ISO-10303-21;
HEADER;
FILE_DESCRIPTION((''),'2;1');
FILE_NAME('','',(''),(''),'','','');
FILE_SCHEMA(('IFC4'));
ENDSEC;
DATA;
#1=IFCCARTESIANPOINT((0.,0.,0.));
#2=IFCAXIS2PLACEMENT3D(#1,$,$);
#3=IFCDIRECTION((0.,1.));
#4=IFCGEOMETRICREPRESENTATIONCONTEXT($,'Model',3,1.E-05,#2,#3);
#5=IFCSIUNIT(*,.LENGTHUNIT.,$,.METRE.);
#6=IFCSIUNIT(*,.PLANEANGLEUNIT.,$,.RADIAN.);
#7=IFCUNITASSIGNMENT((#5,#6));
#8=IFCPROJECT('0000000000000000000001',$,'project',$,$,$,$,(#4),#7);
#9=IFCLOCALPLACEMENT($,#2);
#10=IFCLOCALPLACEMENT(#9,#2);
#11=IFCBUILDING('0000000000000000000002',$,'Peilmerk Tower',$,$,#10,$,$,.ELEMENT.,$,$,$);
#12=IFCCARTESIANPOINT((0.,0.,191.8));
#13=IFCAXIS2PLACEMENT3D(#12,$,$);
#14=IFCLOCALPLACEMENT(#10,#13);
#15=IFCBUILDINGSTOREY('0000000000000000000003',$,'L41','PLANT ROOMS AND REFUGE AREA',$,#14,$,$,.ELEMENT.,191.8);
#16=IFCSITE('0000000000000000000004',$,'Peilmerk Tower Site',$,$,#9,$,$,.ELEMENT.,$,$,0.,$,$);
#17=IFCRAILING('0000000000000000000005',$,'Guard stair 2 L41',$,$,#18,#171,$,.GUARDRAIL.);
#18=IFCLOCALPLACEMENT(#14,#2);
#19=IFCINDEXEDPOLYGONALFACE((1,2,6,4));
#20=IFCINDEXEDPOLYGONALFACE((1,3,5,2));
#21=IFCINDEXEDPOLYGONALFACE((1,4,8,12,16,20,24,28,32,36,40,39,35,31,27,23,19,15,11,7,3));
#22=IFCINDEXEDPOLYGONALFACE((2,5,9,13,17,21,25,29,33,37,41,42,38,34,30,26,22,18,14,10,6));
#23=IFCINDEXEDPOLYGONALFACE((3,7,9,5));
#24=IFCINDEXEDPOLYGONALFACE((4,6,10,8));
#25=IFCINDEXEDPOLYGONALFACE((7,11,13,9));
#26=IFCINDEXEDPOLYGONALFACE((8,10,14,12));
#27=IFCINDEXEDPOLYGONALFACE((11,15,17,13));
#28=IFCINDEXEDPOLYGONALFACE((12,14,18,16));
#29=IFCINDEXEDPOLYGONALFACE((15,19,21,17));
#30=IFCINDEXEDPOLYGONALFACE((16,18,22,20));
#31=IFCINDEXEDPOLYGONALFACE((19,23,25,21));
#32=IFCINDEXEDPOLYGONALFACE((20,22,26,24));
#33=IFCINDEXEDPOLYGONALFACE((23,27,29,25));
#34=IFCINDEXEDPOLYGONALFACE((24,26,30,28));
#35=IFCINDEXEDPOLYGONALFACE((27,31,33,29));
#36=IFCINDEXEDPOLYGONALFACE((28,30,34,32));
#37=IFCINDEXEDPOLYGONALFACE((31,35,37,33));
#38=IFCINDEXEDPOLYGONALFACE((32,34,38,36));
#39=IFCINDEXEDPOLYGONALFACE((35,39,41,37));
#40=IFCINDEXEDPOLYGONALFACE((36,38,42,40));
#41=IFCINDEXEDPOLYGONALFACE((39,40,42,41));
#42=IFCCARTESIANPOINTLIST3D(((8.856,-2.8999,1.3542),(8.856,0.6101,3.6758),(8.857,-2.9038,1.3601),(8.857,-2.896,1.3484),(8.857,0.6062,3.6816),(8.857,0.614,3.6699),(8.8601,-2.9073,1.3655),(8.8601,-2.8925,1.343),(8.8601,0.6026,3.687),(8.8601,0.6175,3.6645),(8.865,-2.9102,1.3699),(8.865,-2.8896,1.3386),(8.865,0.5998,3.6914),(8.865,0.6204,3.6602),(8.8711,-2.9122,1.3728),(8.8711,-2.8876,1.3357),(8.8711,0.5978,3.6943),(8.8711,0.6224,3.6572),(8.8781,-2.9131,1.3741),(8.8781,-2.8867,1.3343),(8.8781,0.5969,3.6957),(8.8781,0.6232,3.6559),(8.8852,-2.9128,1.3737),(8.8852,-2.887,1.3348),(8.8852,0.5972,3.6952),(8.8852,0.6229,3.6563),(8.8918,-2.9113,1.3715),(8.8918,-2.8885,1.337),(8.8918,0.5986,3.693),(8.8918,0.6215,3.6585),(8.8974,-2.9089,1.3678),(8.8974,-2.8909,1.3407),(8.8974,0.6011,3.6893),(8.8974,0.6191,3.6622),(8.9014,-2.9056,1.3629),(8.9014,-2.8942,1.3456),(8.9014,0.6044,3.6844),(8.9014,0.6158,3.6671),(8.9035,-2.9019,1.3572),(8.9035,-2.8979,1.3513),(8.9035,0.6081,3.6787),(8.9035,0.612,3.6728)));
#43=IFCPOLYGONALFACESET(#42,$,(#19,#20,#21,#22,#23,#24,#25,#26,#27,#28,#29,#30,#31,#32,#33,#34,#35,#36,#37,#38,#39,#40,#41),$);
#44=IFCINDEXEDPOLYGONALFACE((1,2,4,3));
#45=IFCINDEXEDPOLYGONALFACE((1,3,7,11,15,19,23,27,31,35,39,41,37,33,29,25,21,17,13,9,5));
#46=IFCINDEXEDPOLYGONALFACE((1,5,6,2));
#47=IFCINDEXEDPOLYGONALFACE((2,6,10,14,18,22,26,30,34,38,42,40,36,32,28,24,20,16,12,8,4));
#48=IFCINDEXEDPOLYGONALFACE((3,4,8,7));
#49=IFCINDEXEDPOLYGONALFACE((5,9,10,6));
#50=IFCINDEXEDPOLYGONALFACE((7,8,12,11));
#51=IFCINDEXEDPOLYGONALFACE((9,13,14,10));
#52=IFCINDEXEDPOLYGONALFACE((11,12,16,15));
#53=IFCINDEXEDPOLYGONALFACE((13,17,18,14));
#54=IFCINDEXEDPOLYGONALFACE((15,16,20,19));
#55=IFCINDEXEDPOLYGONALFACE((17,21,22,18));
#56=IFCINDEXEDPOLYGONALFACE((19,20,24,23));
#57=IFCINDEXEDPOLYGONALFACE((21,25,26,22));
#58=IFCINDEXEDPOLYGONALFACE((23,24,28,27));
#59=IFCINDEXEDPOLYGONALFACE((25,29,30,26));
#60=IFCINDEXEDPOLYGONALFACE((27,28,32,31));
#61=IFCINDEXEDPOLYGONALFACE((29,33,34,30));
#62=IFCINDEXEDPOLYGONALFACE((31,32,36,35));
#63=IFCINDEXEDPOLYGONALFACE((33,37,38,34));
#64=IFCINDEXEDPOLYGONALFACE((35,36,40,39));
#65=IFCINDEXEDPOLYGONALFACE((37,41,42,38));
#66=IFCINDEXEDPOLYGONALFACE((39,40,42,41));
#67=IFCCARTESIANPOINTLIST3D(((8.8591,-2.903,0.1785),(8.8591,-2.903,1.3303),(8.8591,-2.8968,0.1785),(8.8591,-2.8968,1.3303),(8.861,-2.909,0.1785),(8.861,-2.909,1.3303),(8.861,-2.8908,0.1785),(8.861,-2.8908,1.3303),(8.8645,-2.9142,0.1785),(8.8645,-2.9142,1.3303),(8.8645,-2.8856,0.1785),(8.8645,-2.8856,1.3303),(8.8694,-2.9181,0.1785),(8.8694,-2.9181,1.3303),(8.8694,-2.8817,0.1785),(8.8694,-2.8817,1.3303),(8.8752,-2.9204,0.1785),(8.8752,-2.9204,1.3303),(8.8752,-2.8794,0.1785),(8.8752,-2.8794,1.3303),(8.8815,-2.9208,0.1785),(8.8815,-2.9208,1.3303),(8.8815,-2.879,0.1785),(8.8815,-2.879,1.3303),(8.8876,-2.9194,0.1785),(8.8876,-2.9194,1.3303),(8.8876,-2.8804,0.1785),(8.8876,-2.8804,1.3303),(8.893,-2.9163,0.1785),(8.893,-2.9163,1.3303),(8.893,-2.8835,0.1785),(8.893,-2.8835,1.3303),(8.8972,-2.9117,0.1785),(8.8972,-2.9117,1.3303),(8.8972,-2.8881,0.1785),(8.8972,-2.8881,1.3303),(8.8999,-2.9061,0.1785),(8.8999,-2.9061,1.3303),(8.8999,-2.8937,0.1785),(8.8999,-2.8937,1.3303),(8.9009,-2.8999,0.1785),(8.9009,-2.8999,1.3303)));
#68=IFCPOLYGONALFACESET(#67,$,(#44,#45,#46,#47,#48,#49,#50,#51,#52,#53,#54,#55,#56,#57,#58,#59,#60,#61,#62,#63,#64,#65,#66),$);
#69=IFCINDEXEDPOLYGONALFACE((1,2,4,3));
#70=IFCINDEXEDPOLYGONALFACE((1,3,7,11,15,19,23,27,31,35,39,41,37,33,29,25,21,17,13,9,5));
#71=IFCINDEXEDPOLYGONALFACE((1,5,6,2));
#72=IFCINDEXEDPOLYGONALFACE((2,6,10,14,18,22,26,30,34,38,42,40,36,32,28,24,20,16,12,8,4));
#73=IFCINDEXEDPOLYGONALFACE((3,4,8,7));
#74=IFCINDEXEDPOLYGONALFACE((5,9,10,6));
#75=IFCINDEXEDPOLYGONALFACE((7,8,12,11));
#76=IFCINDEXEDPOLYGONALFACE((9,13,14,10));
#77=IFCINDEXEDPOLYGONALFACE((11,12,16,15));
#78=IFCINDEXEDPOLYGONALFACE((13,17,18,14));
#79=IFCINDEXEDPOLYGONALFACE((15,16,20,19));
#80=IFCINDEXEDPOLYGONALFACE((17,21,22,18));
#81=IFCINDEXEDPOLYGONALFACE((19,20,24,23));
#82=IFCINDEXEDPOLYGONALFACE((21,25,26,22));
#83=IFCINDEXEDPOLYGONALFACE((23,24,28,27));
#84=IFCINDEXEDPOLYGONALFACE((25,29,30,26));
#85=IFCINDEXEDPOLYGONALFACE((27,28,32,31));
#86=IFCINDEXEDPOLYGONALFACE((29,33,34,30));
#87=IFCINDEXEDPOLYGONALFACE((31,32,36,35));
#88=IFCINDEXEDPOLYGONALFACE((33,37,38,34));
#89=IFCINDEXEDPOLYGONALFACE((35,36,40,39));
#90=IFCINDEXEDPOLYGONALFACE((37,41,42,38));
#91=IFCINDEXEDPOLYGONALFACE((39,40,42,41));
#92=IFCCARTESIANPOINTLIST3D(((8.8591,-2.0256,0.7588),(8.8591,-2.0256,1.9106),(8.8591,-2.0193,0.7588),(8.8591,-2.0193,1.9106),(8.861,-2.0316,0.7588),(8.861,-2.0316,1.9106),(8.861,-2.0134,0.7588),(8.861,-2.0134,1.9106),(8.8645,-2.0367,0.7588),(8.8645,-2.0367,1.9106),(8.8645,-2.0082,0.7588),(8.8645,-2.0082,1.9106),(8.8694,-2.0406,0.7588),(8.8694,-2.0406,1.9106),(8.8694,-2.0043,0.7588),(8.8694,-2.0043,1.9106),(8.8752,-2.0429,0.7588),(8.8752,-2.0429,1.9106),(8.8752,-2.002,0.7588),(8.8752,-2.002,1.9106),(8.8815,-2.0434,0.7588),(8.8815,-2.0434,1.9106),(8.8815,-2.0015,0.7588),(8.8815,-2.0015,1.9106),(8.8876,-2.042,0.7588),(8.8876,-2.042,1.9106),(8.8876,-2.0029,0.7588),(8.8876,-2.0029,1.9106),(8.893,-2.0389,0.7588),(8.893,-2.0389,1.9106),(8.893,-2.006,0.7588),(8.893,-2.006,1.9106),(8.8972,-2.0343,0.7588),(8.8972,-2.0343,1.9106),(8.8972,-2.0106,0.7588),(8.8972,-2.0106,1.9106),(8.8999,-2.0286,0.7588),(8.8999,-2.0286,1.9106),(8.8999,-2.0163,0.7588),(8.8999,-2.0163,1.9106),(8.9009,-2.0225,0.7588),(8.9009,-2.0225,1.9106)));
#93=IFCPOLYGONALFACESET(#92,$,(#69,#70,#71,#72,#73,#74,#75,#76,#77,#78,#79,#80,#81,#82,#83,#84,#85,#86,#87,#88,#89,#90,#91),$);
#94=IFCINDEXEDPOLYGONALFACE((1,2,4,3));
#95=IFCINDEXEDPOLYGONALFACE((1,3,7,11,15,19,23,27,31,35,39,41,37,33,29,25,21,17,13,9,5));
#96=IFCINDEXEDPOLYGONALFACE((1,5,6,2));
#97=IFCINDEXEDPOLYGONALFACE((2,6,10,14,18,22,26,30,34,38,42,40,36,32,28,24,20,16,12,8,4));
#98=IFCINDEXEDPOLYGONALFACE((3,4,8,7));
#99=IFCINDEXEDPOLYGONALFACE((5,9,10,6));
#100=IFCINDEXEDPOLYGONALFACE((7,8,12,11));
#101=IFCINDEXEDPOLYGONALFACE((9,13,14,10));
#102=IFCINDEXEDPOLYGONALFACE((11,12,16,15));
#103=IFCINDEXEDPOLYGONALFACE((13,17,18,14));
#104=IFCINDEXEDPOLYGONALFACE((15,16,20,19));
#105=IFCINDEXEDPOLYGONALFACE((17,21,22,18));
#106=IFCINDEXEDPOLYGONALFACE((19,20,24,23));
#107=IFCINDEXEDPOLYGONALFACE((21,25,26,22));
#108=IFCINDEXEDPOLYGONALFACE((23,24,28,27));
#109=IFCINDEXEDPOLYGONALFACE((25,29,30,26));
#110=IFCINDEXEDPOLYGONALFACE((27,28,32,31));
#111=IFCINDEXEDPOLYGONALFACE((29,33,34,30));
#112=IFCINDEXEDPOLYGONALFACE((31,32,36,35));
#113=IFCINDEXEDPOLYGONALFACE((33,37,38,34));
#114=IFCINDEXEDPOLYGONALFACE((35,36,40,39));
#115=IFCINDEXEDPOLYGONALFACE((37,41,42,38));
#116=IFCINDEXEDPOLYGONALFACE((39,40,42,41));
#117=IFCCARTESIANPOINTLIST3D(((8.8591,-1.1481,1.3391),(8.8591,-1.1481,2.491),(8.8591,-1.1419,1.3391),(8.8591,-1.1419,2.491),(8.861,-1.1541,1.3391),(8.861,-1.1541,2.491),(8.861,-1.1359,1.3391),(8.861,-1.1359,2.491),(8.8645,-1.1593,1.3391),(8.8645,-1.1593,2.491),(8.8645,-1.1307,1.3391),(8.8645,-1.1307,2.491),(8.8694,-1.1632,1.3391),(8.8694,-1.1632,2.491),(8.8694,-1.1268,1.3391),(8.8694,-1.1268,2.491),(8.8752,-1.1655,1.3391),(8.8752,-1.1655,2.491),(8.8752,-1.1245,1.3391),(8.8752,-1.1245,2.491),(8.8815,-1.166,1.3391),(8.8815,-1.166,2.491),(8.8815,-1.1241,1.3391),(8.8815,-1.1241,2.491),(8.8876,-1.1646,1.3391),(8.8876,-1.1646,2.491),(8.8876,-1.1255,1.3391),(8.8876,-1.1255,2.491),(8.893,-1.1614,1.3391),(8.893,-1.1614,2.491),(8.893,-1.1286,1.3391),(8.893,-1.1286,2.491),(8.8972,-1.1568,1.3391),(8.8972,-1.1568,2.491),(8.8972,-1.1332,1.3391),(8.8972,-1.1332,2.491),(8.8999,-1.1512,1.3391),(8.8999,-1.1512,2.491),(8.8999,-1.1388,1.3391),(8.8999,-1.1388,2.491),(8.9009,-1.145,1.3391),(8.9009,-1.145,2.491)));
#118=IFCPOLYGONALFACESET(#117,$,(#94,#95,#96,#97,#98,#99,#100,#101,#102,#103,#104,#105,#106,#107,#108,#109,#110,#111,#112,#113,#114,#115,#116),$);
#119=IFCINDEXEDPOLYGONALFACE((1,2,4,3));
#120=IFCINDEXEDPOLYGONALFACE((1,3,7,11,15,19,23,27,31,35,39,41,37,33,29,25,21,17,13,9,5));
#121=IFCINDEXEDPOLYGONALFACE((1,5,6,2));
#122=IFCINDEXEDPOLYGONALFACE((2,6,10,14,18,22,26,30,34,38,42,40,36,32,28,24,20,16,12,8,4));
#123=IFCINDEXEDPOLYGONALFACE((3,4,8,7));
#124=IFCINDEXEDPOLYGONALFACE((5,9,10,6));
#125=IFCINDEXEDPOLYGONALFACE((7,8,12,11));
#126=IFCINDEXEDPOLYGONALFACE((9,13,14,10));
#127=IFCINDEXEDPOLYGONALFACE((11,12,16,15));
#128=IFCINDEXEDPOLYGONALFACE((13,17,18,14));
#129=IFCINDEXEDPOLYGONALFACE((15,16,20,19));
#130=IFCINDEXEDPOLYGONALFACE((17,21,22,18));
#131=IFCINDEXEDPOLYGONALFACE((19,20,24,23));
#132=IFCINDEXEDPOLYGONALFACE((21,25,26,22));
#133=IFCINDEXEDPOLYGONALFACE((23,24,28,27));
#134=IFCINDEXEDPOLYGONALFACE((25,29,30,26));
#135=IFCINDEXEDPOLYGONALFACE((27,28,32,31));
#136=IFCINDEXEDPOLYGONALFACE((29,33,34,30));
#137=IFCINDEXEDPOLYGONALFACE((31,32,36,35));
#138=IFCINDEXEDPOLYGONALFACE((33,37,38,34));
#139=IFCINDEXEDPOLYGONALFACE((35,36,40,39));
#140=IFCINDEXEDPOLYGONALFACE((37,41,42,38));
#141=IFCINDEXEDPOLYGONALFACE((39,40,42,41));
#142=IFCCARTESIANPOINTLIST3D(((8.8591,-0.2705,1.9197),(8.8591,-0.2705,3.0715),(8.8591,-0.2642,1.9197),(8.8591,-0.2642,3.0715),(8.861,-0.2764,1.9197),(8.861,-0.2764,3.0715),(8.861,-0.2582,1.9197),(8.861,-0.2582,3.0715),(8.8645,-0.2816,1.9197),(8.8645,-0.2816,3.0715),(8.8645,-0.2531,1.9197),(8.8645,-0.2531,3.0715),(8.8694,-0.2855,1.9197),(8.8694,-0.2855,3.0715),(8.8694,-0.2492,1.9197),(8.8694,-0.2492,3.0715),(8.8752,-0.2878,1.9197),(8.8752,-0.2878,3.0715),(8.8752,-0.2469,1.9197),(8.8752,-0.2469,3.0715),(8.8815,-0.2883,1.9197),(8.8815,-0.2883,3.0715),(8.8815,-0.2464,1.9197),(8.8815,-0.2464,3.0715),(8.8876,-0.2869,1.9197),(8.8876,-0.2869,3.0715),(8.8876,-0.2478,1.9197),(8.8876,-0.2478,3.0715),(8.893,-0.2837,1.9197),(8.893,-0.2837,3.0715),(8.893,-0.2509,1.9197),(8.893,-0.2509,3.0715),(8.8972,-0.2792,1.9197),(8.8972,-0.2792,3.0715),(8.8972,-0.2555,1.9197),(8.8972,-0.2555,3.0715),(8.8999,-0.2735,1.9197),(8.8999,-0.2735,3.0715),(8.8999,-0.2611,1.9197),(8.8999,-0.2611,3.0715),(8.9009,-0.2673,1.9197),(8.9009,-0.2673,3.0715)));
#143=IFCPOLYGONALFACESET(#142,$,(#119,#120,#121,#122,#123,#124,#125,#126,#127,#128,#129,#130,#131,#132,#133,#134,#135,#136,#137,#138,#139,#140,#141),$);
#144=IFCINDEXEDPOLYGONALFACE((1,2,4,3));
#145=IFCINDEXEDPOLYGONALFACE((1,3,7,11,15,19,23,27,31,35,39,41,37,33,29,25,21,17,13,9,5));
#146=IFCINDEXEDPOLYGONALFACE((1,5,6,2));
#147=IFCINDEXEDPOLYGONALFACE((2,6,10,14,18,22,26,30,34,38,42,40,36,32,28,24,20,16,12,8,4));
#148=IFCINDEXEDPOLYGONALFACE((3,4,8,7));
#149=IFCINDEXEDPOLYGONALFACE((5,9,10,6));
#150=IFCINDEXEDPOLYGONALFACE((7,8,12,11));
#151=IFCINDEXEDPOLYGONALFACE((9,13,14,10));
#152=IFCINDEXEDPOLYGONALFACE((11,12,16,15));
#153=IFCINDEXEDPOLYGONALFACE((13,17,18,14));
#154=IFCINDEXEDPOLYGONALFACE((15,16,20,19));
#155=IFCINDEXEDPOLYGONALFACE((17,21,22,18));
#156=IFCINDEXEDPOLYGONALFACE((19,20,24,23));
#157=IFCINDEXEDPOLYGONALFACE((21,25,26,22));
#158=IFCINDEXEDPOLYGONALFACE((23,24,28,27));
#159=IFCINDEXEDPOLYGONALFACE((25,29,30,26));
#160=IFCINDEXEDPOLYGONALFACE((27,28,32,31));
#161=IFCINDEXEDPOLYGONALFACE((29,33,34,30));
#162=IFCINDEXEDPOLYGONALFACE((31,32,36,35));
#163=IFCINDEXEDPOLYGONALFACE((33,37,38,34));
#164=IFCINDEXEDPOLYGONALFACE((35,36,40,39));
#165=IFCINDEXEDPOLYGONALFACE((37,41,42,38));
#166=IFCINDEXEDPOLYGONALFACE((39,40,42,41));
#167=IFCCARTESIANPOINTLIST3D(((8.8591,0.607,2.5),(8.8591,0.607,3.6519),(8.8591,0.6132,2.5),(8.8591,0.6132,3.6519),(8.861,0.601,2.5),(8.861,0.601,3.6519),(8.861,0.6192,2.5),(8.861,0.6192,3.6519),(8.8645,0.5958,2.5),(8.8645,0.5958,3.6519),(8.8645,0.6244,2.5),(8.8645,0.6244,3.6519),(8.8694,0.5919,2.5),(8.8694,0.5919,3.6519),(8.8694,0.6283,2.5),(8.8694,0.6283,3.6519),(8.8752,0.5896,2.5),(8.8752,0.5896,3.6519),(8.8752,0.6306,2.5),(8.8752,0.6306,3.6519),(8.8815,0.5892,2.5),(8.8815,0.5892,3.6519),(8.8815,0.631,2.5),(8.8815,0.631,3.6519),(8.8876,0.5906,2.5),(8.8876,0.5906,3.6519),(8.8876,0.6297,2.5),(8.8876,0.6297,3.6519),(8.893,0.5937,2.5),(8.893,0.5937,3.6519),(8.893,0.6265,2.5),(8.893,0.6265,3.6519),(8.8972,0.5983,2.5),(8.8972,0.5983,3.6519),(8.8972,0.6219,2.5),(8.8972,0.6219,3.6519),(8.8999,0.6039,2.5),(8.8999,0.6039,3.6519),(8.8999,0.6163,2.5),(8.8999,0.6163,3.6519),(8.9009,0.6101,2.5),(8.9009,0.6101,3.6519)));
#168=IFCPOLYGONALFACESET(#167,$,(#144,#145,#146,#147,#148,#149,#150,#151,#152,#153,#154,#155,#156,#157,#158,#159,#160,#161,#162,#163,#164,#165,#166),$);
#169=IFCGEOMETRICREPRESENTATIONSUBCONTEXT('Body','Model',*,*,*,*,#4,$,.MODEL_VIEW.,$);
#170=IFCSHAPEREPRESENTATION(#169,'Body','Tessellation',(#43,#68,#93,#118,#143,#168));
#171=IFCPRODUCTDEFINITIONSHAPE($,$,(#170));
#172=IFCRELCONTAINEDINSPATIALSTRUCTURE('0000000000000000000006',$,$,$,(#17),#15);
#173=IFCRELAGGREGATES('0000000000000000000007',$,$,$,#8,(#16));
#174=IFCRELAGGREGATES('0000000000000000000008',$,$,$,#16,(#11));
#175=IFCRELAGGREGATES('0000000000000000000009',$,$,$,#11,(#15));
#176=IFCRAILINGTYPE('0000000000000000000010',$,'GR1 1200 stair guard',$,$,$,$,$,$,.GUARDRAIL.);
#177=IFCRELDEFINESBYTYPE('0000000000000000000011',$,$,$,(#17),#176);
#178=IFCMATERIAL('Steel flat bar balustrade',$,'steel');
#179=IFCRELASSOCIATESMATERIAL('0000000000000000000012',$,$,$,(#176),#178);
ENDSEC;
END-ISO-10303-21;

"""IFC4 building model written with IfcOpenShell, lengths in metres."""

from ifc_helpers import new_model, si_unit, direction, frame, origin, origin_2d, place, context, subcontext, project, spatial, circle, extrude, material, type_object, element, save


model = new_model("IFC4")

# Units and contexts
model_context = context("Model", 3, precision=1e-05, world=origin(), true_north=direction((0.0, 1.0)))
body_context = subcontext(model_context, "Body", "Model", "MODEL_VIEW")
ifc_project = project(units=[si_unit("LENGTHUNIT", "METRE"), si_unit("PLANEANGLEUNIT", "RADIAN")], contexts=[model_context])

# Site, building, storey
site_placement = place(None, origin())
site = spatial("IfcSite", under=ifc_project, at=site_placement, Name="Peilmerk Tower Site", CompositionType="ELEMENT", RefElevation=0.0)
building_placement = place(site_placement, origin())
building = spatial("IfcBuilding", under=site, at=building_placement, Name="Peilmerk Tower", CompositionType="ELEMENT")
storey_placement = place(building_placement, frame((0.0, 0.0, 191.8)))
storey = spatial("IfcBuildingStorey", under=building, at=storey_placement, Name="L41", Description="PLANT ROOMS AND REFUGE AREA", CompositionType="ELEMENT", Elevation=191.8)

# Railing
ifc_material_1 = material(Name="Steel flat bar balustrade", Category="steel")
railing_type_1 = type_object("IfcRailingType", Name="GR1 1200 stair guard", PredefinedType="GUARDRAIL", material=ifc_material_1)
railing_1_placement = place(storey_placement, frame((8.8799, -2.8999, 0.1785)))
element("IfcRailing", 1, at=railing_1_placement, inside=storey, type_object=railing_type_1, Name="Guard stair 2 L41", PredefinedType="GUARDRAIL", context=body_context, shape_type="SweptSolid", body=[
    extrude(circle(Radius=0.0239, at=origin_2d()), frame((0.0, 0.0, 1.1758), z_axis=(0.0, 0.834071, 0.551657), x_axis=(-1.0, 0.0, 0.0)), (0.0, 0.0, 1.0), 4.2083),
    extrude(circle(Radius=0.021, at=origin_2d()), origin(), (0.0, 0.0, 1.0), 1.1519),
    extrude(circle(Radius=0.021, at=origin_2d()), frame((0.0, 0.8774, 0.5803)), (0.0, 0.0, 1.0), 1.1519),
    extrude(circle(Radius=0.021, at=origin_2d()), frame((0.0, 1.7549, 1.1606)), (0.0, 0.0, 1.0), 1.1519),
    extrude(circle(Radius=0.021, at=origin_2d()), frame((0.0, 2.6326, 1.7412)), (0.0, 0.0, 1.0), 1.1519),
    extrude(circle(Radius=0.021, at=origin_2d()), frame((0.0, 3.51, 2.3215)), (0.0, 0.0, 1.0), 1.1519),
])

save(model, "model.ifc")
